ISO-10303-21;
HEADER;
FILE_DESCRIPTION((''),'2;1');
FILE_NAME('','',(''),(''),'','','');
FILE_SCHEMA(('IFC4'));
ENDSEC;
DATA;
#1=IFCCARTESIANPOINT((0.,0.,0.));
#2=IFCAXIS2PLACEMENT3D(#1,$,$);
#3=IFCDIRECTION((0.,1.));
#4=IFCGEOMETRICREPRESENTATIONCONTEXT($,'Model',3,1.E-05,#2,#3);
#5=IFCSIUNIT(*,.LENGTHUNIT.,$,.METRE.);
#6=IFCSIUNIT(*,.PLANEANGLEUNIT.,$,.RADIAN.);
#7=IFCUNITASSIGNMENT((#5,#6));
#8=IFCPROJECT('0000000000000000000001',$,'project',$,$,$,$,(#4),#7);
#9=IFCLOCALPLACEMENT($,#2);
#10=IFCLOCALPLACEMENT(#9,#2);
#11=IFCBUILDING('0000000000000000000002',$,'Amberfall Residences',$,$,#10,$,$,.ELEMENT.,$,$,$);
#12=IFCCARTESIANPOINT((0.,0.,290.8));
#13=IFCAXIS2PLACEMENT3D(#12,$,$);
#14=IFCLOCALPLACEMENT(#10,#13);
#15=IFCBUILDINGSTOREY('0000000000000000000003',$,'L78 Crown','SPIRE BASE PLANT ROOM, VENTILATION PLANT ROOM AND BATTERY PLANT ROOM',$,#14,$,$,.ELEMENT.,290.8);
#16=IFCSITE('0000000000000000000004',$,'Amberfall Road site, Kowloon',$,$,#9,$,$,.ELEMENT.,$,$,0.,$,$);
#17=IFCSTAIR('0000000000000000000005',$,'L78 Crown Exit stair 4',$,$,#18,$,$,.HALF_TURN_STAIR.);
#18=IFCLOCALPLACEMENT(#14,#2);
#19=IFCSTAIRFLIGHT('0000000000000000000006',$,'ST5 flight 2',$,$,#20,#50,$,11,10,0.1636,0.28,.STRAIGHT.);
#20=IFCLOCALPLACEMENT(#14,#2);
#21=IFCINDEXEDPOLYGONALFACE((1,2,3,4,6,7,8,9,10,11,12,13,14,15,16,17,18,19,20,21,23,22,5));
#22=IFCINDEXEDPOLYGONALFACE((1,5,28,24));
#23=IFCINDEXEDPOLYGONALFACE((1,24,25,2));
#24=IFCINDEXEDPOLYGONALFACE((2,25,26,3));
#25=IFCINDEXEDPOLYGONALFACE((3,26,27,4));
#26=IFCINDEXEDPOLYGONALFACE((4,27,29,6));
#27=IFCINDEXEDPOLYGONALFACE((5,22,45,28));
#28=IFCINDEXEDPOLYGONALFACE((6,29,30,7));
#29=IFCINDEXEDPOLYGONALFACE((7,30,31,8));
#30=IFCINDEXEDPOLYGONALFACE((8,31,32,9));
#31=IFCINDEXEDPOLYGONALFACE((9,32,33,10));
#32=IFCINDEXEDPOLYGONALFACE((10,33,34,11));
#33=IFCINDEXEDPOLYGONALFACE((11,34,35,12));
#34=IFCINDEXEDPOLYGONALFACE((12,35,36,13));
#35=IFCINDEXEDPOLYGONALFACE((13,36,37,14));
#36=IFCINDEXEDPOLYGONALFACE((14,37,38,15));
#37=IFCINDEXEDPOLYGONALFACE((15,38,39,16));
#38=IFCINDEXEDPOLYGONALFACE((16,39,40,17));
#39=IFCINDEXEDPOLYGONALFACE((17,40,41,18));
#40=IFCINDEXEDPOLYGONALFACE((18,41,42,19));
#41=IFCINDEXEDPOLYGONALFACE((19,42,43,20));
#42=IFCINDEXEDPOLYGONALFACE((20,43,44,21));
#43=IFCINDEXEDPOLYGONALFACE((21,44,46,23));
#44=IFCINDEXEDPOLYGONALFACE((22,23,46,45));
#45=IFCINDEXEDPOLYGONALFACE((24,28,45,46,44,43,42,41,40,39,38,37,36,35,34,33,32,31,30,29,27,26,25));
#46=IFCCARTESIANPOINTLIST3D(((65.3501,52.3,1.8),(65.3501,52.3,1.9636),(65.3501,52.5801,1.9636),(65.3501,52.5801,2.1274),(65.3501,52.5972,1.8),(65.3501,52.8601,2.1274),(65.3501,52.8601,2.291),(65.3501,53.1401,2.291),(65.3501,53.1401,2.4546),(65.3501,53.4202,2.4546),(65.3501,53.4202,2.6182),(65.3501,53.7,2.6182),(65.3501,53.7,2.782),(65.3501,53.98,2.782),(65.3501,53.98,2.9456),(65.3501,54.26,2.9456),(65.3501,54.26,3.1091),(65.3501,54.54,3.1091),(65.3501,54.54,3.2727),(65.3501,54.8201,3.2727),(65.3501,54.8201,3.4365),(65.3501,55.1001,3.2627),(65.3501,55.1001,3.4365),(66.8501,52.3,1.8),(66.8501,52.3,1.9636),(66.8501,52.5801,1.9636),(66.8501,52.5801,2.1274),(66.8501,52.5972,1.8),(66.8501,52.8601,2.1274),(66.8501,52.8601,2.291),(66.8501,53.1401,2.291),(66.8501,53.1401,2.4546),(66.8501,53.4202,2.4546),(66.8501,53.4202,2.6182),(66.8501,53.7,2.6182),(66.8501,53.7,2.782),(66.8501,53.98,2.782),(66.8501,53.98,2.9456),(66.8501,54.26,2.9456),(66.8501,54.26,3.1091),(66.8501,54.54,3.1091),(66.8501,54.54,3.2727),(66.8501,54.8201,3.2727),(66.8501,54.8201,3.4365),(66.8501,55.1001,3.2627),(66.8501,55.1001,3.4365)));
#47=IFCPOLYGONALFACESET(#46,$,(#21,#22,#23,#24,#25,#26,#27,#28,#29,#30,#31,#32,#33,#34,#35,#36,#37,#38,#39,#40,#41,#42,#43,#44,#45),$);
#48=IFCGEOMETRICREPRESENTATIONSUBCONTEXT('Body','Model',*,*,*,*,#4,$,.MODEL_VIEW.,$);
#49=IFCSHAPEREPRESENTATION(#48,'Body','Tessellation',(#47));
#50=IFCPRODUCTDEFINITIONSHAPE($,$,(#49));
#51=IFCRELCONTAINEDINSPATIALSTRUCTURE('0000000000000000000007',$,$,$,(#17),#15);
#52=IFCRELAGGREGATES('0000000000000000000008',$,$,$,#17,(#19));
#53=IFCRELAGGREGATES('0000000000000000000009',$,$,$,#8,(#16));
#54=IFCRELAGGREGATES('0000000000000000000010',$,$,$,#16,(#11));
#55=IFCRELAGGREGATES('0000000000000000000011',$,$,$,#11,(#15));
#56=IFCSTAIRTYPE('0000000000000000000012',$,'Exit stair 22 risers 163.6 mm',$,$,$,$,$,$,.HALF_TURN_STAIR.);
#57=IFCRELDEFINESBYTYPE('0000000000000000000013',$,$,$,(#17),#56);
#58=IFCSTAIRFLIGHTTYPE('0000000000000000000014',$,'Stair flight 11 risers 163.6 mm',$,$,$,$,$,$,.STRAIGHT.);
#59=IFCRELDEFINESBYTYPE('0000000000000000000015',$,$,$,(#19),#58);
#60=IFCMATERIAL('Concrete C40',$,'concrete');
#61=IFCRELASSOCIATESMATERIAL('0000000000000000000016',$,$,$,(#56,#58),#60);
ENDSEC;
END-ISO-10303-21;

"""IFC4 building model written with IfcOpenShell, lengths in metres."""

from ifc_helpers import new_model, si_unit, direction, frame, origin, place, context, subcontext, project, spatial, polyline, outline, extrude, material, type_object, element, aggregate, save


model = new_model("IFC4")

# Units and contexts
model_context = context("Model", 3, precision=1e-05, world=origin(), true_north=direction((0.0, 1.0)))
body_context = subcontext(model_context, "Body", "Model", "MODEL_VIEW")
ifc_project = project(units=[si_unit("LENGTHUNIT", "METRE"), si_unit("PLANEANGLEUNIT", "RADIAN")], contexts=[model_context])

# Site, building, storey
site_placement = place(None, origin())
site = spatial("IfcSite", under=ifc_project, at=site_placement, Name="Amberfall Road site, Kowloon", CompositionType="ELEMENT", RefElevation=0.0)
building_placement = place(site_placement, origin())
building = spatial("IfcBuilding", under=site, at=building_placement, Name="Amberfall Residences", CompositionType="ELEMENT")
storey_placement = place(building_placement, frame((0.0, 0.0, 290.8)))
storey = spatial("IfcBuildingStorey", under=building, at=storey_placement, Name="L78 Crown", Description="SPIRE BASE PLANT ROOM, VENTILATION PLANT ROOM AND BATTERY PLANT ROOM", CompositionType="ELEMENT", Elevation=290.8)

# Stair, stair flight
ifc_material_1 = material(Name="Concrete C40", Category="concrete")
stair_type = type_object("IfcStairType", Name="Exit stair 22 risers 163.6 mm", PredefinedType="HALF_TURN_STAIR", material=ifc_material_1)
stair_placement = place(storey_placement, origin())
stair = element("IfcStair", 1, at=stair_placement, inside=storey, type_object=stair_type, Name="L78 Crown Exit stair 4", PredefinedType="HALF_TURN_STAIR")
stair_flight_type = type_object("IfcStairFlightType", Name="Stair flight 11 risers 163.6 mm", PredefinedType="STRAIGHT", material=ifc_material_1)
stair_flight_1_placement = place(storey_placement, frame((66.1001, 52.3, 1.8), z_axis=(0.0, 0.0, 1.0), x_axis=(0.0, 1.0, 0.0)))
stair_flight_1 = element("IfcStairFlight", 2, at=stair_flight_1_placement, type_object=stair_flight_type, Name="ST5 flight 2", NumberOfRisers=11, NumberOfTreads=10, PredefinedType="STRAIGHT", RiserHeight=0.1636, TreadLength=0.28, context=body_context, shape_type="SweptSolid", body=[
    extrude(outline(polyline([(0.0, 0.0), (0.0, 0.1636), (0.28, 0.1636), (0.28, 0.3274), (0.5601, 0.3274), (0.5601, 0.491), (0.8401, 0.491), (0.8401, 0.6545), (1.1201, 0.6545), (1.1201, 0.8181), (1.3999, 0.8181), (1.3999, 0.9819), (1.6799, 0.9819), (1.6799, 1.1455), (1.96, 1.1455), (1.96, 1.3091), (2.24, 1.3091), (2.24, 1.4727), (2.52, 1.4727), (2.52, 1.6365), (2.8, 1.6365), (2.8, 1.8), (2.8, 1.4626), (0.2971, 0.0), (0.0, 0.0)])), frame((0.0, 0.75, 0.0), z_axis=(0.0, -1.0, 0.0), x_axis=(1.0, 0.0, 0.0)), (0.0, 0.0, 1.0), 1.5),
])
aggregate(stair, [stair_flight_1])

save(model, "model.ifc")
